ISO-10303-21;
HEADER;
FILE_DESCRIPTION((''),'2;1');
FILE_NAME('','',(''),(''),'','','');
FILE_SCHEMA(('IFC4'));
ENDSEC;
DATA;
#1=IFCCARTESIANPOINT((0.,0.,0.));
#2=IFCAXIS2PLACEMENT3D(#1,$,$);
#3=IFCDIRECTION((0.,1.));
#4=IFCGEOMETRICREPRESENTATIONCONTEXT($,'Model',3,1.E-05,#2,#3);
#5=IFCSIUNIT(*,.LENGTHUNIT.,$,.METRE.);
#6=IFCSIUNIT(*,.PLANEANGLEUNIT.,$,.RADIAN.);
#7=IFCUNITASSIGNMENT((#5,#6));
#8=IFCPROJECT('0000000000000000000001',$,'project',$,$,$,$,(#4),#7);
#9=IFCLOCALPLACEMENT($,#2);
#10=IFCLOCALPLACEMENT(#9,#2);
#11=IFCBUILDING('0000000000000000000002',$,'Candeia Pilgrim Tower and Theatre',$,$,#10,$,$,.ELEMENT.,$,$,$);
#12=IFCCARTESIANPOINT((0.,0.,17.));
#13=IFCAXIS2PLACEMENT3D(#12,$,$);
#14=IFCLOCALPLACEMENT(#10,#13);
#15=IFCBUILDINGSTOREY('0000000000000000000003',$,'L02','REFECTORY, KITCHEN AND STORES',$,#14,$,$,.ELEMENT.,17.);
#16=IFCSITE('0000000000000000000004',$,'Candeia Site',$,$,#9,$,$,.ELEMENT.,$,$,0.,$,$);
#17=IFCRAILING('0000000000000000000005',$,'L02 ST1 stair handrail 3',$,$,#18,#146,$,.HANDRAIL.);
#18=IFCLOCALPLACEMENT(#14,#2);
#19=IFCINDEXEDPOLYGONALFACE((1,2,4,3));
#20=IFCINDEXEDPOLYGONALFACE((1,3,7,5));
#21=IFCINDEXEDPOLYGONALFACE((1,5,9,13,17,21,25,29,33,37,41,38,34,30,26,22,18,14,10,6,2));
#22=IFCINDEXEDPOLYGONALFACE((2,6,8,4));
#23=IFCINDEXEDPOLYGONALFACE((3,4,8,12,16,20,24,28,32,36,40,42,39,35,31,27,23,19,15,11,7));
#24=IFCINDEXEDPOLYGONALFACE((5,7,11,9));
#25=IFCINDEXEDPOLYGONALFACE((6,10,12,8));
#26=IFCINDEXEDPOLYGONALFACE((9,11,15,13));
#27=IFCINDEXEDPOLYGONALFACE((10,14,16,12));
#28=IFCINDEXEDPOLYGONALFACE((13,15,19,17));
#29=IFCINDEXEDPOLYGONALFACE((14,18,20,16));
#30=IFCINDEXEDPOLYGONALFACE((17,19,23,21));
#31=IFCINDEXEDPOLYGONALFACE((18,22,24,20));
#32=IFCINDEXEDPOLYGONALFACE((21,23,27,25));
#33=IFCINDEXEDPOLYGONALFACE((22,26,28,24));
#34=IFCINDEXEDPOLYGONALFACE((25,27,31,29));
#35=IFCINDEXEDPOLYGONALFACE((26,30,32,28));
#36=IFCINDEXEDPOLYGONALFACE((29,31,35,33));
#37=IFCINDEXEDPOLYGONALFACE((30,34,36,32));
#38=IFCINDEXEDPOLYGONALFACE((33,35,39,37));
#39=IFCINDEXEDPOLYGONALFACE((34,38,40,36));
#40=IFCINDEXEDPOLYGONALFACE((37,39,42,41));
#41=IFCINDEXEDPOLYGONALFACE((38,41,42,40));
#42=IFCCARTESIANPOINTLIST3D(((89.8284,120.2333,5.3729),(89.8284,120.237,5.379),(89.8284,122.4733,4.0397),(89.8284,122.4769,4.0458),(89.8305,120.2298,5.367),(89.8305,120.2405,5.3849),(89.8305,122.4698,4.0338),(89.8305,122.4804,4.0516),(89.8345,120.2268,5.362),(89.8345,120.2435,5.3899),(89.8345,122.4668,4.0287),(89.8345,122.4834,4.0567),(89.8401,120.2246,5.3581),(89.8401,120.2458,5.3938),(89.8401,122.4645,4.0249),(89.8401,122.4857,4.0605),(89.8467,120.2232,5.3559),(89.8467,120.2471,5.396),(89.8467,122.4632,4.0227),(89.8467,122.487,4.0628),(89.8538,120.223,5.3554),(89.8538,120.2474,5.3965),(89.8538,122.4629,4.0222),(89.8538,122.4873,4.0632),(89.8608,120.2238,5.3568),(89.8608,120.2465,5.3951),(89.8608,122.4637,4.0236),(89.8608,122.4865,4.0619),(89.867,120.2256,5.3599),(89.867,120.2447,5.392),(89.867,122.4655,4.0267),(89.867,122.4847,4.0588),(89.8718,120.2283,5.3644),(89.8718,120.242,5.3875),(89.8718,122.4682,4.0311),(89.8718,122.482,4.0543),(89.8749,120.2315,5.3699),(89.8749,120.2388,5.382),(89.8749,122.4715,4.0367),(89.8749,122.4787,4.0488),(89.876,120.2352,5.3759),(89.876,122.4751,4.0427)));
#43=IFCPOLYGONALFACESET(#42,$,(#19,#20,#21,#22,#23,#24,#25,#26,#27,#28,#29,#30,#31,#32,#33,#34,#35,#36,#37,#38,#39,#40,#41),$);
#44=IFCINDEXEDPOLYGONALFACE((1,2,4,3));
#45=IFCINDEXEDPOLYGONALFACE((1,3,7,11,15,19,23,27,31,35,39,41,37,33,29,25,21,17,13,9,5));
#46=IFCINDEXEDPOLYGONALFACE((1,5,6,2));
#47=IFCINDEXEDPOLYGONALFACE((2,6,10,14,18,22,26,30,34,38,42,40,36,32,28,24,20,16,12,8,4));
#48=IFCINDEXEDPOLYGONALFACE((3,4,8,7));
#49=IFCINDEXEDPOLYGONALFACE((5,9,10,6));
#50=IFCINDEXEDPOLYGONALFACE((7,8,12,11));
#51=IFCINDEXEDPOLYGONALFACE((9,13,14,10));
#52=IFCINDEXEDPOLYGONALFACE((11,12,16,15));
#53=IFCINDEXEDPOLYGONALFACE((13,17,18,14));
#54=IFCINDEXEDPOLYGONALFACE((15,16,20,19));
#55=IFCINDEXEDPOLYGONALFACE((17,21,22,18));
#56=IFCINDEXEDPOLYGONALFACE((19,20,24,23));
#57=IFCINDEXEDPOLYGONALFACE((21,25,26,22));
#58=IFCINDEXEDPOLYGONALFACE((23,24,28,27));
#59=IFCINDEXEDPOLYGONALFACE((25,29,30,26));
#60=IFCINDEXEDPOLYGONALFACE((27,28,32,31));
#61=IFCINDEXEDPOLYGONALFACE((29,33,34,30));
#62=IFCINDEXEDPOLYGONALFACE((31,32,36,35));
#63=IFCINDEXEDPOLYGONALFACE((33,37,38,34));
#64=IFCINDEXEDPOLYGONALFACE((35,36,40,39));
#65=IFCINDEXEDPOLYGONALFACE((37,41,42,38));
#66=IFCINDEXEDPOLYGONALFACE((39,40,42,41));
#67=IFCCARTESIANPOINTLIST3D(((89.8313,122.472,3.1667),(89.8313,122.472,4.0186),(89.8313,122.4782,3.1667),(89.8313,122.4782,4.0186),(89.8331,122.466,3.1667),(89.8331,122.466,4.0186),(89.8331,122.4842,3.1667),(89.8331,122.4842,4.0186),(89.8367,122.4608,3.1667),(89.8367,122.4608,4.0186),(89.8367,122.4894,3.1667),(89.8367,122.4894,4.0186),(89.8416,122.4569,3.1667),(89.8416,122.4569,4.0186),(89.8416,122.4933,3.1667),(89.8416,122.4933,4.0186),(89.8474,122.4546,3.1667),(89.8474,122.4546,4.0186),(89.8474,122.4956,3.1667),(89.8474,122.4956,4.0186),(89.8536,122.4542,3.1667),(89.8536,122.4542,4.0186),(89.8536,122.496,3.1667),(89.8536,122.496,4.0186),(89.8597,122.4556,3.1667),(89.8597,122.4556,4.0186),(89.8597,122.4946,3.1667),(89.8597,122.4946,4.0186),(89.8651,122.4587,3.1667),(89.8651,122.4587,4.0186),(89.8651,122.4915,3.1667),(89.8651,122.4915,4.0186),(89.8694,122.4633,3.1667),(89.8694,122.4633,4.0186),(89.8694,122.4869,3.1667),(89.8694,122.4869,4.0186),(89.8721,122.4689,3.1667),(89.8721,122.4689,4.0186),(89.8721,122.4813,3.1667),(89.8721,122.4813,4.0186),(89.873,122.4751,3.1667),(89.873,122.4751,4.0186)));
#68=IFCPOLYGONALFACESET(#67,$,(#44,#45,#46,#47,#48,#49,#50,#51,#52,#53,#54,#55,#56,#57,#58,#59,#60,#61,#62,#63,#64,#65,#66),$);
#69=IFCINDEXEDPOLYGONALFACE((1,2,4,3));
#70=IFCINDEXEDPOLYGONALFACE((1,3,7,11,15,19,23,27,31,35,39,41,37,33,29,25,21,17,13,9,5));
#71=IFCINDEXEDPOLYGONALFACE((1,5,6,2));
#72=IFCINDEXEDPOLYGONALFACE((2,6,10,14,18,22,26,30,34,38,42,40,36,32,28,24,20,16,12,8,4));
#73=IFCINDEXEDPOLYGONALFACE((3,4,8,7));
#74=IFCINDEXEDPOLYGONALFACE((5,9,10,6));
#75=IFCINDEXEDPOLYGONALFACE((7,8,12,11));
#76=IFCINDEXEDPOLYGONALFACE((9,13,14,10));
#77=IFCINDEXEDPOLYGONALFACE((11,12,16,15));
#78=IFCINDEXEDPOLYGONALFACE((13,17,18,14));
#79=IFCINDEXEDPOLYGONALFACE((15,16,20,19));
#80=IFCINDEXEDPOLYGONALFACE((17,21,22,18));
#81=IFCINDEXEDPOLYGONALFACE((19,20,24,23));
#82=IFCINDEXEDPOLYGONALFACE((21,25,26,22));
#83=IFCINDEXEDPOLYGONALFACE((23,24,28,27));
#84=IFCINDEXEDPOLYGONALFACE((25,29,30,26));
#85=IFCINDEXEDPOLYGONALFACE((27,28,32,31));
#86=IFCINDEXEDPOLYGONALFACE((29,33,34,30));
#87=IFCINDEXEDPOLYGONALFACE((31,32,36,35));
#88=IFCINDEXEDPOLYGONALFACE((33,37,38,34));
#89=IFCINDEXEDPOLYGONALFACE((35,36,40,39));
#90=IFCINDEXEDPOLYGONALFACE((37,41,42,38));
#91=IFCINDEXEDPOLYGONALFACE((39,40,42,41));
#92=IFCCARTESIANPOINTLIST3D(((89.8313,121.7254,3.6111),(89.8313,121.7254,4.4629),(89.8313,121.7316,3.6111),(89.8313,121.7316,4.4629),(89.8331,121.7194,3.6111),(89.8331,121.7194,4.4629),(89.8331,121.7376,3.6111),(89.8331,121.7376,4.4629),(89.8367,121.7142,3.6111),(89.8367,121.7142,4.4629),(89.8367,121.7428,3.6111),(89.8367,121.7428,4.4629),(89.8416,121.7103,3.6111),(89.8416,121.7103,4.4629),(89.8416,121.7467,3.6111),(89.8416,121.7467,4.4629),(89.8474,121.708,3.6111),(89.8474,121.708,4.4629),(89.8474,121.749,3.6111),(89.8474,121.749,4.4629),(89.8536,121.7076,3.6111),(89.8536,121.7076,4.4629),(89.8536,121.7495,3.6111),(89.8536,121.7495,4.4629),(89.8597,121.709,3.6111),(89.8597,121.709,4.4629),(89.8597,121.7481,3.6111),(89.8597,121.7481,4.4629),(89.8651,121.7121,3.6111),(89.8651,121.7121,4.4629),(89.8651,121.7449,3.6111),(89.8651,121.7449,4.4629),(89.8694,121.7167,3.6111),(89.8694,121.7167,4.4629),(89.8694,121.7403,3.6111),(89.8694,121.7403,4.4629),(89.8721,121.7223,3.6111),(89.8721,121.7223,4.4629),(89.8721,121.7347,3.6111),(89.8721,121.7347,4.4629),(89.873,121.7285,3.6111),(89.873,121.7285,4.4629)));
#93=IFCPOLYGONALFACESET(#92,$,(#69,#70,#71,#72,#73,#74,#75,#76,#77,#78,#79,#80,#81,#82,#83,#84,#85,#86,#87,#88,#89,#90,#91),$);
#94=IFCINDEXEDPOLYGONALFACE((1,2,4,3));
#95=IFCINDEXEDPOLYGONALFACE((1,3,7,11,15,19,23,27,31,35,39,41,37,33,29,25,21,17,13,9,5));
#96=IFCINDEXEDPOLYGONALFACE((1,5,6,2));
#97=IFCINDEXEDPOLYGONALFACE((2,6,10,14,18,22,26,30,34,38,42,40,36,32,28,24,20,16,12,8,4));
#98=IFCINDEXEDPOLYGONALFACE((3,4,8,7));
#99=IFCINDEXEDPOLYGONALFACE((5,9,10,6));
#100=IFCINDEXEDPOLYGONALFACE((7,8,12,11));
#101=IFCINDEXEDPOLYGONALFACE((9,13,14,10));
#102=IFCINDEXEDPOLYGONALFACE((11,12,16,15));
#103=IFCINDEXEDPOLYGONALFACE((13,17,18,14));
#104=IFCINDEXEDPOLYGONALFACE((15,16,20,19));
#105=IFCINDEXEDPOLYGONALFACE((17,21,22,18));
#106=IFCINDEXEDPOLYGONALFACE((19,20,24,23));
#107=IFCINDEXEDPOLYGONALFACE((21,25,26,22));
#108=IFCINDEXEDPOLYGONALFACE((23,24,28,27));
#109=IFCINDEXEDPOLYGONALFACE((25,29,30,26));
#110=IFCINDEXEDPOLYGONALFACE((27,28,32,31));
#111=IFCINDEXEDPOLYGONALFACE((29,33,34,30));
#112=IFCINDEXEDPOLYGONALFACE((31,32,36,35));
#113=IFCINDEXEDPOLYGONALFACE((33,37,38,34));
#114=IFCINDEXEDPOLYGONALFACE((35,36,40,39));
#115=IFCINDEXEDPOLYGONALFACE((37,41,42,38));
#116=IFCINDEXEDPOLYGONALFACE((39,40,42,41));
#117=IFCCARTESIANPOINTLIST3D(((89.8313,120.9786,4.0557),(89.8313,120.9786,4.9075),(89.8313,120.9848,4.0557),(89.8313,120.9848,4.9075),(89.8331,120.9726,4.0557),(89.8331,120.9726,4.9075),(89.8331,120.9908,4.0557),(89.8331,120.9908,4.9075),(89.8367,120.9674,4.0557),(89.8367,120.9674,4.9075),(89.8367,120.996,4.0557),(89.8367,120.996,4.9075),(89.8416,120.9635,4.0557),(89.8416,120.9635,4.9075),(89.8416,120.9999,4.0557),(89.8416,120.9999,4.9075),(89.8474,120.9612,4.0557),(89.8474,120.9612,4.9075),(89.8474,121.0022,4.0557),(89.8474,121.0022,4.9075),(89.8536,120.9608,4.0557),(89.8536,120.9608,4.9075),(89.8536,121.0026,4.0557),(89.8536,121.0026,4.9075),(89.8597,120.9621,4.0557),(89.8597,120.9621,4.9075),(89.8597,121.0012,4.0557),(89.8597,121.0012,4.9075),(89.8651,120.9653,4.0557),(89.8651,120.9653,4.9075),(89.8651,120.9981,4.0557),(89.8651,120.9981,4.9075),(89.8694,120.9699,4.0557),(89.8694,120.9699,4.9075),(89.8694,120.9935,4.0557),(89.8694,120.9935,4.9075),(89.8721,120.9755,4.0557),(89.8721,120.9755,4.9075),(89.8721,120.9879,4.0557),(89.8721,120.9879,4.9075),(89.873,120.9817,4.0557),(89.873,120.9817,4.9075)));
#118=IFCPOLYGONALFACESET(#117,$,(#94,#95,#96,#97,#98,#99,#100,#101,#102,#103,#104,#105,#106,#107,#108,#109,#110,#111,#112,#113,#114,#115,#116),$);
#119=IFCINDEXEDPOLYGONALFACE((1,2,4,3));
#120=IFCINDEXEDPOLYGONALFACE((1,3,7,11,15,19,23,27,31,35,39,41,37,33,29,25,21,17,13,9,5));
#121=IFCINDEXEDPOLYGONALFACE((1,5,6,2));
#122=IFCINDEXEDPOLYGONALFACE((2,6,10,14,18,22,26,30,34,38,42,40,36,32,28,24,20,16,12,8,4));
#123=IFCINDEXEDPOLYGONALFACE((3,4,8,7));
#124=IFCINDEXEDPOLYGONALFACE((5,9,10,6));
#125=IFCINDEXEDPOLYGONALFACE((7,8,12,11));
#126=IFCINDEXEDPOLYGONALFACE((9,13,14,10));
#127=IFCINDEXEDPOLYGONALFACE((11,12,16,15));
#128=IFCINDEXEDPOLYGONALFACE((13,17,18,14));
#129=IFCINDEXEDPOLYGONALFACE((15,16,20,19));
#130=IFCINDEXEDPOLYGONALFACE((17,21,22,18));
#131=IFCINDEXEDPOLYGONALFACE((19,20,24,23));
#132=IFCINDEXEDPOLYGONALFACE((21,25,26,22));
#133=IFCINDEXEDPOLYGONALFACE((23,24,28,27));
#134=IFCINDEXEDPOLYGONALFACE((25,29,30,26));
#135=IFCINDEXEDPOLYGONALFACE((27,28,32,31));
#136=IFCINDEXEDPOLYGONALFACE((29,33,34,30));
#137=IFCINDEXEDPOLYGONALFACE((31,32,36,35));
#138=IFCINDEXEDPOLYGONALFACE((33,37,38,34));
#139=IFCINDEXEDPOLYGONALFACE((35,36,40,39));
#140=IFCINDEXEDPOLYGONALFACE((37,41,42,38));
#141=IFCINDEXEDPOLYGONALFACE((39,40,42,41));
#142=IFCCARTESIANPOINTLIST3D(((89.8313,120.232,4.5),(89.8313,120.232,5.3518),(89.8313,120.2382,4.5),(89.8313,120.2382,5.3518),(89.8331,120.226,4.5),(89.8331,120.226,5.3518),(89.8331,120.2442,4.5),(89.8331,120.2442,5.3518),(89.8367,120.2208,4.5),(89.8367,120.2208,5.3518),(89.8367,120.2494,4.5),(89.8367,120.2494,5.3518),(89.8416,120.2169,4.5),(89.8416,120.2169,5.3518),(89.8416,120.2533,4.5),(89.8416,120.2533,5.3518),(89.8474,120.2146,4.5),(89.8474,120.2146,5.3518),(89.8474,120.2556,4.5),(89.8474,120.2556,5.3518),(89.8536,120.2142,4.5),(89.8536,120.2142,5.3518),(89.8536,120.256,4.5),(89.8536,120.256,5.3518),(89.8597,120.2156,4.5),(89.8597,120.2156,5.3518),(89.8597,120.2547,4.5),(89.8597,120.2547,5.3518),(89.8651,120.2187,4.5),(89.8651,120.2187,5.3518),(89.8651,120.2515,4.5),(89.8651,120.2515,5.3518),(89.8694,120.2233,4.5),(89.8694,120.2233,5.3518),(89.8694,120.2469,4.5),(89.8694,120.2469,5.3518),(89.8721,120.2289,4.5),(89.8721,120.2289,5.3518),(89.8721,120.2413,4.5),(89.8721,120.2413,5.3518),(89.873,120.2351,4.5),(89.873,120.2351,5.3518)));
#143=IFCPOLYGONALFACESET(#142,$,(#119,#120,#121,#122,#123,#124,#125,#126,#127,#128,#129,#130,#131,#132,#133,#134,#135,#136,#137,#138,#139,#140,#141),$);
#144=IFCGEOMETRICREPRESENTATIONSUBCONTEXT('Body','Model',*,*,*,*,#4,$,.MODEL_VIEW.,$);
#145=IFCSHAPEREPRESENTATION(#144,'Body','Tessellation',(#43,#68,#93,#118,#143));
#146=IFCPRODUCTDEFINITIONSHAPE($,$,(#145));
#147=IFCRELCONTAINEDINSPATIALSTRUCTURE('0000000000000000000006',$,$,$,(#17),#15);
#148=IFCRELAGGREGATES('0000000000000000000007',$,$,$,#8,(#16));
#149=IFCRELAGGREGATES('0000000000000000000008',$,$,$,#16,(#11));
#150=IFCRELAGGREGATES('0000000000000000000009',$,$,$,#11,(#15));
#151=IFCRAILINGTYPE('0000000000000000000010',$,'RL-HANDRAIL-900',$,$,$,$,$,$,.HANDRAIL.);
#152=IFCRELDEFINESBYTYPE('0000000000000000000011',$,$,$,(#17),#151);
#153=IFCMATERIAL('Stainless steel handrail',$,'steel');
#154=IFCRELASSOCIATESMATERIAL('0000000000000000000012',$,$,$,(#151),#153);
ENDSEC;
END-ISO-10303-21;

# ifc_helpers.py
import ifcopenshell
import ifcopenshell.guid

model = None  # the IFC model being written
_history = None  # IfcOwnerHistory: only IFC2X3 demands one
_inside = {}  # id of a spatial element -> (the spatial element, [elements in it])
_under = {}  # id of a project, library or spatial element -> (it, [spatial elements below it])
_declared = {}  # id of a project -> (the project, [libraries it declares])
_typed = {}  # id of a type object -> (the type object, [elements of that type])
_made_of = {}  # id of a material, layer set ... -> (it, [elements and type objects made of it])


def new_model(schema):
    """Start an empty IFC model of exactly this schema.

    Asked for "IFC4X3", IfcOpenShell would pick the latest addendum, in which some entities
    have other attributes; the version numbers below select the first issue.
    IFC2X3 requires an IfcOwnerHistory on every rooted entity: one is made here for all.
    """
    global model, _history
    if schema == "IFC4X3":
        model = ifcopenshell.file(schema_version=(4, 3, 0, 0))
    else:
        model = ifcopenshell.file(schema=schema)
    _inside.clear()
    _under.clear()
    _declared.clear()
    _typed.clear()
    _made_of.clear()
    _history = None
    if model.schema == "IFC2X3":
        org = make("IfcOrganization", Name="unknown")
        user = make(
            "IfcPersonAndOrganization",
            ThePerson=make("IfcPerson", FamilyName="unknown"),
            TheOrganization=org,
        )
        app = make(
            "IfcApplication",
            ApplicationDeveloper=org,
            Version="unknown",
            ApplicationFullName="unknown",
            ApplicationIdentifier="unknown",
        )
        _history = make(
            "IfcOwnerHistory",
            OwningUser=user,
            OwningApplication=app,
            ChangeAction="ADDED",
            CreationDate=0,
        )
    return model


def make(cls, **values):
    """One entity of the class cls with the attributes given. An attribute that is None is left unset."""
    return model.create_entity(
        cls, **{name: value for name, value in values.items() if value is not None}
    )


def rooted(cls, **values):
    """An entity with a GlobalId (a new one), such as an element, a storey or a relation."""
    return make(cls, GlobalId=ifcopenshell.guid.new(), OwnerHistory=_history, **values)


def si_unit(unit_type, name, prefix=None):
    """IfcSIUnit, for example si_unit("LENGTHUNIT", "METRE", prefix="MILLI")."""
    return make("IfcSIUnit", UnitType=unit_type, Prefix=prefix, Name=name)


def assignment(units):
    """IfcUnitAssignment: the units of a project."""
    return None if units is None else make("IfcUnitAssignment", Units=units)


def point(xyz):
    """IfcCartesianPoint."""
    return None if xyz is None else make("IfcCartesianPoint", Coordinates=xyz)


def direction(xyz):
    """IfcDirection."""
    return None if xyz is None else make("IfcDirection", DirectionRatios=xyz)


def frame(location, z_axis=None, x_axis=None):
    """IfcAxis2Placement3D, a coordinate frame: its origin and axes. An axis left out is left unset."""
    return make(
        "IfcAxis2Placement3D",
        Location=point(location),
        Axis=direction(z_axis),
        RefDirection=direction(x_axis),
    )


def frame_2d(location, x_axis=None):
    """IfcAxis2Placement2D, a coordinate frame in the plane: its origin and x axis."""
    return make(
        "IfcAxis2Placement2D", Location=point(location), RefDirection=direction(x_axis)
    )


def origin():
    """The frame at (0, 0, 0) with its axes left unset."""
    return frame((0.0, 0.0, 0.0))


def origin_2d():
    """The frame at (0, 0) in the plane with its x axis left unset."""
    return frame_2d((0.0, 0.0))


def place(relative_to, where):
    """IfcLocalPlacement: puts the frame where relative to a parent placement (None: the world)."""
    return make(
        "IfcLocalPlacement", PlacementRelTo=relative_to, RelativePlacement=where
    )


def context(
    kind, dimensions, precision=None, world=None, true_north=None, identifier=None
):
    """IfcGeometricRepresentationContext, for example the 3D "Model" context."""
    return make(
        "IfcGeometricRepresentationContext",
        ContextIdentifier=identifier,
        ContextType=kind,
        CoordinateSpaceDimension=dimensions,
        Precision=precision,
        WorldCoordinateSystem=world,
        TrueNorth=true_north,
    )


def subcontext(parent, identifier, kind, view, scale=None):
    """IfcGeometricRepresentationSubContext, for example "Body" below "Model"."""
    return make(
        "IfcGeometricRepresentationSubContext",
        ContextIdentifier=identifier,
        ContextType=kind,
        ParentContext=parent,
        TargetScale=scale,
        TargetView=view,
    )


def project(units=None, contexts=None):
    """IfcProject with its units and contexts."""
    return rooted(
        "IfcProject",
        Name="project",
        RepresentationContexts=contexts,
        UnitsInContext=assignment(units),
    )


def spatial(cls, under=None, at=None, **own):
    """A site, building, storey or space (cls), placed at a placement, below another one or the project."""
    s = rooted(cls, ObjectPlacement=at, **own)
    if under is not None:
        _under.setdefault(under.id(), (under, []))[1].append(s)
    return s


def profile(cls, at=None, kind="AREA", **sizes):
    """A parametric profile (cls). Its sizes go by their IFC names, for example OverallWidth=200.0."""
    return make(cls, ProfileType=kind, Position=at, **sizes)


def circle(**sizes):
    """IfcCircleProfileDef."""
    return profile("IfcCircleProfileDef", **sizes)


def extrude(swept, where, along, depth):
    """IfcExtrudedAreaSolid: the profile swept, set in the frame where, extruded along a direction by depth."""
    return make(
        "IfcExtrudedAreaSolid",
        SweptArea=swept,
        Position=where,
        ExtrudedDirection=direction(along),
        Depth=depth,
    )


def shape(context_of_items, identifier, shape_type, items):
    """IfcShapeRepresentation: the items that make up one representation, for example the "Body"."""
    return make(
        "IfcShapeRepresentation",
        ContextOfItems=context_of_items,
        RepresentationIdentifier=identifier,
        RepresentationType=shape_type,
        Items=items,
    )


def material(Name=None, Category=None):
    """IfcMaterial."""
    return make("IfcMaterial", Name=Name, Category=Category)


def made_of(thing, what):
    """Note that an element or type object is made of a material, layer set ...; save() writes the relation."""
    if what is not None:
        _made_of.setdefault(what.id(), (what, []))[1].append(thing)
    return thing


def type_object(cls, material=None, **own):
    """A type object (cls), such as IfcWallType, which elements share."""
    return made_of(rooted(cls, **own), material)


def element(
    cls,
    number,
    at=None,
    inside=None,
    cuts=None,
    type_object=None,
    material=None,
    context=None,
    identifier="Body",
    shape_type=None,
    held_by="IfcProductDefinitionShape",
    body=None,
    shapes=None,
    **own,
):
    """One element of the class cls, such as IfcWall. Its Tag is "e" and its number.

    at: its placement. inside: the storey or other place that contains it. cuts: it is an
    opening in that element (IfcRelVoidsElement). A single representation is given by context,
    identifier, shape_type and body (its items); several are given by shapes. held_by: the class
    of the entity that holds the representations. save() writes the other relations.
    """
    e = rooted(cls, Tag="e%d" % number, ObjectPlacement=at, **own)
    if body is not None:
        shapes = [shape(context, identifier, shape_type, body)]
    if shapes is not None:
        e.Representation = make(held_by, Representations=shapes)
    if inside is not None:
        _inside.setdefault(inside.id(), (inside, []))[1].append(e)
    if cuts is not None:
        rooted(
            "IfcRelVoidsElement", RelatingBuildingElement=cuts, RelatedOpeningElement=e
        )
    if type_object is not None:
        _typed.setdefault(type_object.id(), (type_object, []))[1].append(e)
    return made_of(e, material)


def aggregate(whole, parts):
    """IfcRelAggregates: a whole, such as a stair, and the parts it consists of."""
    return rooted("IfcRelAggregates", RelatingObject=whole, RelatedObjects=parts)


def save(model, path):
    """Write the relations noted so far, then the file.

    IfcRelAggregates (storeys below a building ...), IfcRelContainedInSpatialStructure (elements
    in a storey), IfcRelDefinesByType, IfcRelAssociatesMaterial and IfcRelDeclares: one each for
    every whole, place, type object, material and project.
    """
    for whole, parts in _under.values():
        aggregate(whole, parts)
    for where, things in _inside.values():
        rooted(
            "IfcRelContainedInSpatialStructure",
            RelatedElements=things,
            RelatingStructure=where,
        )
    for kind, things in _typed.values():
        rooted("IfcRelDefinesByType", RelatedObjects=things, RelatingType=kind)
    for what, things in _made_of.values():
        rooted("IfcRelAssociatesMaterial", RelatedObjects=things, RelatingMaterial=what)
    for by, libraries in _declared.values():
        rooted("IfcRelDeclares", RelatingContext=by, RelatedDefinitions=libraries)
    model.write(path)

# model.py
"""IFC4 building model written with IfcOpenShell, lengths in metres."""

from ifc_helpers import new_model, si_unit, direction, frame, origin, origin_2d, place, context, subcontext, project, spatial, circle, extrude, material, type_object, element, save


model = new_model("IFC4")

# Units and contexts
model_context = context("Model", 3, precision=1e-05, world=origin(), true_north=direction((0.0, 1.0)))
body_context = subcontext(model_context, "Body", "Model", "MODEL_VIEW")
ifc_project = project(units=[si_unit("LENGTHUNIT", "METRE"), si_unit("PLANEANGLEUNIT", "RADIAN")], contexts=[model_context])

# Site, building, storey
site_placement = place(None, origin())
site = spatial("IfcSite", under=ifc_project, at=site_placement, Name="Candeia Site", CompositionType="ELEMENT", RefElevation=0.0)
building_placement = place(site_placement, origin())
building = spatial("IfcBuilding", under=site, at=building_placement, Name="Candeia Pilgrim Tower and Theatre", CompositionType="ELEMENT")
storey_placement = place(building_placement, frame((0.0, 0.0, 17.0)))
storey = spatial("IfcBuildingStorey", under=building, at=storey_placement, Name="L02", Description="REFECTORY, KITCHEN AND STORES", CompositionType="ELEMENT", Elevation=17.0)

# Railing
ifc_material_1 = material(Name="Stainless steel handrail", Category="steel")
railing_type_1 = type_object("IfcRailingType", Name="RL-HANDRAIL-900", PredefinedType="HANDRAIL", material=ifc_material_1)
for number, where, name in (
    (1, (89.8521, 122.4751, 3.1667), "L02 ST1 stair handrail 3"),
):
    element("IfcRailing", number, at=place(storey_placement, frame(where)), inside=storey, type_object=railing_type_1, Name=name, PredefinedType="HANDRAIL", context=body_context, shape_type="SweptSolid", body=[
        extrude(circle(Radius=0.0239, at=origin_2d()), frame((0.0, 0.0, 0.876), z_axis=(0.0, -0.859306, 0.511462), x_axis=(1.0, 0.0, 0.0)), (0.0, 0.0, 1.0), 2.6067),
        extrude(circle(Radius=0.021, at=origin_2d()), origin(), (0.0, 0.0, 1.0), 0.8518),
        extrude(circle(Radius=0.021, at=origin_2d()), frame((0.0, -0.7466, 0.4443)), (0.0, 0.0, 1.0), 0.8518),
        extrude(circle(Radius=0.021, at=origin_2d()), frame((0.0, -1.4934, 0.8889)), (0.0, 0.0, 1.0), 0.8518),
        extrude(circle(Radius=0.021, at=origin_2d()), frame((0.0, -2.24, 1.3333)), (0.0, 0.0, 1.0), 0.8518),
    ])

save(model, "model.ifc")
